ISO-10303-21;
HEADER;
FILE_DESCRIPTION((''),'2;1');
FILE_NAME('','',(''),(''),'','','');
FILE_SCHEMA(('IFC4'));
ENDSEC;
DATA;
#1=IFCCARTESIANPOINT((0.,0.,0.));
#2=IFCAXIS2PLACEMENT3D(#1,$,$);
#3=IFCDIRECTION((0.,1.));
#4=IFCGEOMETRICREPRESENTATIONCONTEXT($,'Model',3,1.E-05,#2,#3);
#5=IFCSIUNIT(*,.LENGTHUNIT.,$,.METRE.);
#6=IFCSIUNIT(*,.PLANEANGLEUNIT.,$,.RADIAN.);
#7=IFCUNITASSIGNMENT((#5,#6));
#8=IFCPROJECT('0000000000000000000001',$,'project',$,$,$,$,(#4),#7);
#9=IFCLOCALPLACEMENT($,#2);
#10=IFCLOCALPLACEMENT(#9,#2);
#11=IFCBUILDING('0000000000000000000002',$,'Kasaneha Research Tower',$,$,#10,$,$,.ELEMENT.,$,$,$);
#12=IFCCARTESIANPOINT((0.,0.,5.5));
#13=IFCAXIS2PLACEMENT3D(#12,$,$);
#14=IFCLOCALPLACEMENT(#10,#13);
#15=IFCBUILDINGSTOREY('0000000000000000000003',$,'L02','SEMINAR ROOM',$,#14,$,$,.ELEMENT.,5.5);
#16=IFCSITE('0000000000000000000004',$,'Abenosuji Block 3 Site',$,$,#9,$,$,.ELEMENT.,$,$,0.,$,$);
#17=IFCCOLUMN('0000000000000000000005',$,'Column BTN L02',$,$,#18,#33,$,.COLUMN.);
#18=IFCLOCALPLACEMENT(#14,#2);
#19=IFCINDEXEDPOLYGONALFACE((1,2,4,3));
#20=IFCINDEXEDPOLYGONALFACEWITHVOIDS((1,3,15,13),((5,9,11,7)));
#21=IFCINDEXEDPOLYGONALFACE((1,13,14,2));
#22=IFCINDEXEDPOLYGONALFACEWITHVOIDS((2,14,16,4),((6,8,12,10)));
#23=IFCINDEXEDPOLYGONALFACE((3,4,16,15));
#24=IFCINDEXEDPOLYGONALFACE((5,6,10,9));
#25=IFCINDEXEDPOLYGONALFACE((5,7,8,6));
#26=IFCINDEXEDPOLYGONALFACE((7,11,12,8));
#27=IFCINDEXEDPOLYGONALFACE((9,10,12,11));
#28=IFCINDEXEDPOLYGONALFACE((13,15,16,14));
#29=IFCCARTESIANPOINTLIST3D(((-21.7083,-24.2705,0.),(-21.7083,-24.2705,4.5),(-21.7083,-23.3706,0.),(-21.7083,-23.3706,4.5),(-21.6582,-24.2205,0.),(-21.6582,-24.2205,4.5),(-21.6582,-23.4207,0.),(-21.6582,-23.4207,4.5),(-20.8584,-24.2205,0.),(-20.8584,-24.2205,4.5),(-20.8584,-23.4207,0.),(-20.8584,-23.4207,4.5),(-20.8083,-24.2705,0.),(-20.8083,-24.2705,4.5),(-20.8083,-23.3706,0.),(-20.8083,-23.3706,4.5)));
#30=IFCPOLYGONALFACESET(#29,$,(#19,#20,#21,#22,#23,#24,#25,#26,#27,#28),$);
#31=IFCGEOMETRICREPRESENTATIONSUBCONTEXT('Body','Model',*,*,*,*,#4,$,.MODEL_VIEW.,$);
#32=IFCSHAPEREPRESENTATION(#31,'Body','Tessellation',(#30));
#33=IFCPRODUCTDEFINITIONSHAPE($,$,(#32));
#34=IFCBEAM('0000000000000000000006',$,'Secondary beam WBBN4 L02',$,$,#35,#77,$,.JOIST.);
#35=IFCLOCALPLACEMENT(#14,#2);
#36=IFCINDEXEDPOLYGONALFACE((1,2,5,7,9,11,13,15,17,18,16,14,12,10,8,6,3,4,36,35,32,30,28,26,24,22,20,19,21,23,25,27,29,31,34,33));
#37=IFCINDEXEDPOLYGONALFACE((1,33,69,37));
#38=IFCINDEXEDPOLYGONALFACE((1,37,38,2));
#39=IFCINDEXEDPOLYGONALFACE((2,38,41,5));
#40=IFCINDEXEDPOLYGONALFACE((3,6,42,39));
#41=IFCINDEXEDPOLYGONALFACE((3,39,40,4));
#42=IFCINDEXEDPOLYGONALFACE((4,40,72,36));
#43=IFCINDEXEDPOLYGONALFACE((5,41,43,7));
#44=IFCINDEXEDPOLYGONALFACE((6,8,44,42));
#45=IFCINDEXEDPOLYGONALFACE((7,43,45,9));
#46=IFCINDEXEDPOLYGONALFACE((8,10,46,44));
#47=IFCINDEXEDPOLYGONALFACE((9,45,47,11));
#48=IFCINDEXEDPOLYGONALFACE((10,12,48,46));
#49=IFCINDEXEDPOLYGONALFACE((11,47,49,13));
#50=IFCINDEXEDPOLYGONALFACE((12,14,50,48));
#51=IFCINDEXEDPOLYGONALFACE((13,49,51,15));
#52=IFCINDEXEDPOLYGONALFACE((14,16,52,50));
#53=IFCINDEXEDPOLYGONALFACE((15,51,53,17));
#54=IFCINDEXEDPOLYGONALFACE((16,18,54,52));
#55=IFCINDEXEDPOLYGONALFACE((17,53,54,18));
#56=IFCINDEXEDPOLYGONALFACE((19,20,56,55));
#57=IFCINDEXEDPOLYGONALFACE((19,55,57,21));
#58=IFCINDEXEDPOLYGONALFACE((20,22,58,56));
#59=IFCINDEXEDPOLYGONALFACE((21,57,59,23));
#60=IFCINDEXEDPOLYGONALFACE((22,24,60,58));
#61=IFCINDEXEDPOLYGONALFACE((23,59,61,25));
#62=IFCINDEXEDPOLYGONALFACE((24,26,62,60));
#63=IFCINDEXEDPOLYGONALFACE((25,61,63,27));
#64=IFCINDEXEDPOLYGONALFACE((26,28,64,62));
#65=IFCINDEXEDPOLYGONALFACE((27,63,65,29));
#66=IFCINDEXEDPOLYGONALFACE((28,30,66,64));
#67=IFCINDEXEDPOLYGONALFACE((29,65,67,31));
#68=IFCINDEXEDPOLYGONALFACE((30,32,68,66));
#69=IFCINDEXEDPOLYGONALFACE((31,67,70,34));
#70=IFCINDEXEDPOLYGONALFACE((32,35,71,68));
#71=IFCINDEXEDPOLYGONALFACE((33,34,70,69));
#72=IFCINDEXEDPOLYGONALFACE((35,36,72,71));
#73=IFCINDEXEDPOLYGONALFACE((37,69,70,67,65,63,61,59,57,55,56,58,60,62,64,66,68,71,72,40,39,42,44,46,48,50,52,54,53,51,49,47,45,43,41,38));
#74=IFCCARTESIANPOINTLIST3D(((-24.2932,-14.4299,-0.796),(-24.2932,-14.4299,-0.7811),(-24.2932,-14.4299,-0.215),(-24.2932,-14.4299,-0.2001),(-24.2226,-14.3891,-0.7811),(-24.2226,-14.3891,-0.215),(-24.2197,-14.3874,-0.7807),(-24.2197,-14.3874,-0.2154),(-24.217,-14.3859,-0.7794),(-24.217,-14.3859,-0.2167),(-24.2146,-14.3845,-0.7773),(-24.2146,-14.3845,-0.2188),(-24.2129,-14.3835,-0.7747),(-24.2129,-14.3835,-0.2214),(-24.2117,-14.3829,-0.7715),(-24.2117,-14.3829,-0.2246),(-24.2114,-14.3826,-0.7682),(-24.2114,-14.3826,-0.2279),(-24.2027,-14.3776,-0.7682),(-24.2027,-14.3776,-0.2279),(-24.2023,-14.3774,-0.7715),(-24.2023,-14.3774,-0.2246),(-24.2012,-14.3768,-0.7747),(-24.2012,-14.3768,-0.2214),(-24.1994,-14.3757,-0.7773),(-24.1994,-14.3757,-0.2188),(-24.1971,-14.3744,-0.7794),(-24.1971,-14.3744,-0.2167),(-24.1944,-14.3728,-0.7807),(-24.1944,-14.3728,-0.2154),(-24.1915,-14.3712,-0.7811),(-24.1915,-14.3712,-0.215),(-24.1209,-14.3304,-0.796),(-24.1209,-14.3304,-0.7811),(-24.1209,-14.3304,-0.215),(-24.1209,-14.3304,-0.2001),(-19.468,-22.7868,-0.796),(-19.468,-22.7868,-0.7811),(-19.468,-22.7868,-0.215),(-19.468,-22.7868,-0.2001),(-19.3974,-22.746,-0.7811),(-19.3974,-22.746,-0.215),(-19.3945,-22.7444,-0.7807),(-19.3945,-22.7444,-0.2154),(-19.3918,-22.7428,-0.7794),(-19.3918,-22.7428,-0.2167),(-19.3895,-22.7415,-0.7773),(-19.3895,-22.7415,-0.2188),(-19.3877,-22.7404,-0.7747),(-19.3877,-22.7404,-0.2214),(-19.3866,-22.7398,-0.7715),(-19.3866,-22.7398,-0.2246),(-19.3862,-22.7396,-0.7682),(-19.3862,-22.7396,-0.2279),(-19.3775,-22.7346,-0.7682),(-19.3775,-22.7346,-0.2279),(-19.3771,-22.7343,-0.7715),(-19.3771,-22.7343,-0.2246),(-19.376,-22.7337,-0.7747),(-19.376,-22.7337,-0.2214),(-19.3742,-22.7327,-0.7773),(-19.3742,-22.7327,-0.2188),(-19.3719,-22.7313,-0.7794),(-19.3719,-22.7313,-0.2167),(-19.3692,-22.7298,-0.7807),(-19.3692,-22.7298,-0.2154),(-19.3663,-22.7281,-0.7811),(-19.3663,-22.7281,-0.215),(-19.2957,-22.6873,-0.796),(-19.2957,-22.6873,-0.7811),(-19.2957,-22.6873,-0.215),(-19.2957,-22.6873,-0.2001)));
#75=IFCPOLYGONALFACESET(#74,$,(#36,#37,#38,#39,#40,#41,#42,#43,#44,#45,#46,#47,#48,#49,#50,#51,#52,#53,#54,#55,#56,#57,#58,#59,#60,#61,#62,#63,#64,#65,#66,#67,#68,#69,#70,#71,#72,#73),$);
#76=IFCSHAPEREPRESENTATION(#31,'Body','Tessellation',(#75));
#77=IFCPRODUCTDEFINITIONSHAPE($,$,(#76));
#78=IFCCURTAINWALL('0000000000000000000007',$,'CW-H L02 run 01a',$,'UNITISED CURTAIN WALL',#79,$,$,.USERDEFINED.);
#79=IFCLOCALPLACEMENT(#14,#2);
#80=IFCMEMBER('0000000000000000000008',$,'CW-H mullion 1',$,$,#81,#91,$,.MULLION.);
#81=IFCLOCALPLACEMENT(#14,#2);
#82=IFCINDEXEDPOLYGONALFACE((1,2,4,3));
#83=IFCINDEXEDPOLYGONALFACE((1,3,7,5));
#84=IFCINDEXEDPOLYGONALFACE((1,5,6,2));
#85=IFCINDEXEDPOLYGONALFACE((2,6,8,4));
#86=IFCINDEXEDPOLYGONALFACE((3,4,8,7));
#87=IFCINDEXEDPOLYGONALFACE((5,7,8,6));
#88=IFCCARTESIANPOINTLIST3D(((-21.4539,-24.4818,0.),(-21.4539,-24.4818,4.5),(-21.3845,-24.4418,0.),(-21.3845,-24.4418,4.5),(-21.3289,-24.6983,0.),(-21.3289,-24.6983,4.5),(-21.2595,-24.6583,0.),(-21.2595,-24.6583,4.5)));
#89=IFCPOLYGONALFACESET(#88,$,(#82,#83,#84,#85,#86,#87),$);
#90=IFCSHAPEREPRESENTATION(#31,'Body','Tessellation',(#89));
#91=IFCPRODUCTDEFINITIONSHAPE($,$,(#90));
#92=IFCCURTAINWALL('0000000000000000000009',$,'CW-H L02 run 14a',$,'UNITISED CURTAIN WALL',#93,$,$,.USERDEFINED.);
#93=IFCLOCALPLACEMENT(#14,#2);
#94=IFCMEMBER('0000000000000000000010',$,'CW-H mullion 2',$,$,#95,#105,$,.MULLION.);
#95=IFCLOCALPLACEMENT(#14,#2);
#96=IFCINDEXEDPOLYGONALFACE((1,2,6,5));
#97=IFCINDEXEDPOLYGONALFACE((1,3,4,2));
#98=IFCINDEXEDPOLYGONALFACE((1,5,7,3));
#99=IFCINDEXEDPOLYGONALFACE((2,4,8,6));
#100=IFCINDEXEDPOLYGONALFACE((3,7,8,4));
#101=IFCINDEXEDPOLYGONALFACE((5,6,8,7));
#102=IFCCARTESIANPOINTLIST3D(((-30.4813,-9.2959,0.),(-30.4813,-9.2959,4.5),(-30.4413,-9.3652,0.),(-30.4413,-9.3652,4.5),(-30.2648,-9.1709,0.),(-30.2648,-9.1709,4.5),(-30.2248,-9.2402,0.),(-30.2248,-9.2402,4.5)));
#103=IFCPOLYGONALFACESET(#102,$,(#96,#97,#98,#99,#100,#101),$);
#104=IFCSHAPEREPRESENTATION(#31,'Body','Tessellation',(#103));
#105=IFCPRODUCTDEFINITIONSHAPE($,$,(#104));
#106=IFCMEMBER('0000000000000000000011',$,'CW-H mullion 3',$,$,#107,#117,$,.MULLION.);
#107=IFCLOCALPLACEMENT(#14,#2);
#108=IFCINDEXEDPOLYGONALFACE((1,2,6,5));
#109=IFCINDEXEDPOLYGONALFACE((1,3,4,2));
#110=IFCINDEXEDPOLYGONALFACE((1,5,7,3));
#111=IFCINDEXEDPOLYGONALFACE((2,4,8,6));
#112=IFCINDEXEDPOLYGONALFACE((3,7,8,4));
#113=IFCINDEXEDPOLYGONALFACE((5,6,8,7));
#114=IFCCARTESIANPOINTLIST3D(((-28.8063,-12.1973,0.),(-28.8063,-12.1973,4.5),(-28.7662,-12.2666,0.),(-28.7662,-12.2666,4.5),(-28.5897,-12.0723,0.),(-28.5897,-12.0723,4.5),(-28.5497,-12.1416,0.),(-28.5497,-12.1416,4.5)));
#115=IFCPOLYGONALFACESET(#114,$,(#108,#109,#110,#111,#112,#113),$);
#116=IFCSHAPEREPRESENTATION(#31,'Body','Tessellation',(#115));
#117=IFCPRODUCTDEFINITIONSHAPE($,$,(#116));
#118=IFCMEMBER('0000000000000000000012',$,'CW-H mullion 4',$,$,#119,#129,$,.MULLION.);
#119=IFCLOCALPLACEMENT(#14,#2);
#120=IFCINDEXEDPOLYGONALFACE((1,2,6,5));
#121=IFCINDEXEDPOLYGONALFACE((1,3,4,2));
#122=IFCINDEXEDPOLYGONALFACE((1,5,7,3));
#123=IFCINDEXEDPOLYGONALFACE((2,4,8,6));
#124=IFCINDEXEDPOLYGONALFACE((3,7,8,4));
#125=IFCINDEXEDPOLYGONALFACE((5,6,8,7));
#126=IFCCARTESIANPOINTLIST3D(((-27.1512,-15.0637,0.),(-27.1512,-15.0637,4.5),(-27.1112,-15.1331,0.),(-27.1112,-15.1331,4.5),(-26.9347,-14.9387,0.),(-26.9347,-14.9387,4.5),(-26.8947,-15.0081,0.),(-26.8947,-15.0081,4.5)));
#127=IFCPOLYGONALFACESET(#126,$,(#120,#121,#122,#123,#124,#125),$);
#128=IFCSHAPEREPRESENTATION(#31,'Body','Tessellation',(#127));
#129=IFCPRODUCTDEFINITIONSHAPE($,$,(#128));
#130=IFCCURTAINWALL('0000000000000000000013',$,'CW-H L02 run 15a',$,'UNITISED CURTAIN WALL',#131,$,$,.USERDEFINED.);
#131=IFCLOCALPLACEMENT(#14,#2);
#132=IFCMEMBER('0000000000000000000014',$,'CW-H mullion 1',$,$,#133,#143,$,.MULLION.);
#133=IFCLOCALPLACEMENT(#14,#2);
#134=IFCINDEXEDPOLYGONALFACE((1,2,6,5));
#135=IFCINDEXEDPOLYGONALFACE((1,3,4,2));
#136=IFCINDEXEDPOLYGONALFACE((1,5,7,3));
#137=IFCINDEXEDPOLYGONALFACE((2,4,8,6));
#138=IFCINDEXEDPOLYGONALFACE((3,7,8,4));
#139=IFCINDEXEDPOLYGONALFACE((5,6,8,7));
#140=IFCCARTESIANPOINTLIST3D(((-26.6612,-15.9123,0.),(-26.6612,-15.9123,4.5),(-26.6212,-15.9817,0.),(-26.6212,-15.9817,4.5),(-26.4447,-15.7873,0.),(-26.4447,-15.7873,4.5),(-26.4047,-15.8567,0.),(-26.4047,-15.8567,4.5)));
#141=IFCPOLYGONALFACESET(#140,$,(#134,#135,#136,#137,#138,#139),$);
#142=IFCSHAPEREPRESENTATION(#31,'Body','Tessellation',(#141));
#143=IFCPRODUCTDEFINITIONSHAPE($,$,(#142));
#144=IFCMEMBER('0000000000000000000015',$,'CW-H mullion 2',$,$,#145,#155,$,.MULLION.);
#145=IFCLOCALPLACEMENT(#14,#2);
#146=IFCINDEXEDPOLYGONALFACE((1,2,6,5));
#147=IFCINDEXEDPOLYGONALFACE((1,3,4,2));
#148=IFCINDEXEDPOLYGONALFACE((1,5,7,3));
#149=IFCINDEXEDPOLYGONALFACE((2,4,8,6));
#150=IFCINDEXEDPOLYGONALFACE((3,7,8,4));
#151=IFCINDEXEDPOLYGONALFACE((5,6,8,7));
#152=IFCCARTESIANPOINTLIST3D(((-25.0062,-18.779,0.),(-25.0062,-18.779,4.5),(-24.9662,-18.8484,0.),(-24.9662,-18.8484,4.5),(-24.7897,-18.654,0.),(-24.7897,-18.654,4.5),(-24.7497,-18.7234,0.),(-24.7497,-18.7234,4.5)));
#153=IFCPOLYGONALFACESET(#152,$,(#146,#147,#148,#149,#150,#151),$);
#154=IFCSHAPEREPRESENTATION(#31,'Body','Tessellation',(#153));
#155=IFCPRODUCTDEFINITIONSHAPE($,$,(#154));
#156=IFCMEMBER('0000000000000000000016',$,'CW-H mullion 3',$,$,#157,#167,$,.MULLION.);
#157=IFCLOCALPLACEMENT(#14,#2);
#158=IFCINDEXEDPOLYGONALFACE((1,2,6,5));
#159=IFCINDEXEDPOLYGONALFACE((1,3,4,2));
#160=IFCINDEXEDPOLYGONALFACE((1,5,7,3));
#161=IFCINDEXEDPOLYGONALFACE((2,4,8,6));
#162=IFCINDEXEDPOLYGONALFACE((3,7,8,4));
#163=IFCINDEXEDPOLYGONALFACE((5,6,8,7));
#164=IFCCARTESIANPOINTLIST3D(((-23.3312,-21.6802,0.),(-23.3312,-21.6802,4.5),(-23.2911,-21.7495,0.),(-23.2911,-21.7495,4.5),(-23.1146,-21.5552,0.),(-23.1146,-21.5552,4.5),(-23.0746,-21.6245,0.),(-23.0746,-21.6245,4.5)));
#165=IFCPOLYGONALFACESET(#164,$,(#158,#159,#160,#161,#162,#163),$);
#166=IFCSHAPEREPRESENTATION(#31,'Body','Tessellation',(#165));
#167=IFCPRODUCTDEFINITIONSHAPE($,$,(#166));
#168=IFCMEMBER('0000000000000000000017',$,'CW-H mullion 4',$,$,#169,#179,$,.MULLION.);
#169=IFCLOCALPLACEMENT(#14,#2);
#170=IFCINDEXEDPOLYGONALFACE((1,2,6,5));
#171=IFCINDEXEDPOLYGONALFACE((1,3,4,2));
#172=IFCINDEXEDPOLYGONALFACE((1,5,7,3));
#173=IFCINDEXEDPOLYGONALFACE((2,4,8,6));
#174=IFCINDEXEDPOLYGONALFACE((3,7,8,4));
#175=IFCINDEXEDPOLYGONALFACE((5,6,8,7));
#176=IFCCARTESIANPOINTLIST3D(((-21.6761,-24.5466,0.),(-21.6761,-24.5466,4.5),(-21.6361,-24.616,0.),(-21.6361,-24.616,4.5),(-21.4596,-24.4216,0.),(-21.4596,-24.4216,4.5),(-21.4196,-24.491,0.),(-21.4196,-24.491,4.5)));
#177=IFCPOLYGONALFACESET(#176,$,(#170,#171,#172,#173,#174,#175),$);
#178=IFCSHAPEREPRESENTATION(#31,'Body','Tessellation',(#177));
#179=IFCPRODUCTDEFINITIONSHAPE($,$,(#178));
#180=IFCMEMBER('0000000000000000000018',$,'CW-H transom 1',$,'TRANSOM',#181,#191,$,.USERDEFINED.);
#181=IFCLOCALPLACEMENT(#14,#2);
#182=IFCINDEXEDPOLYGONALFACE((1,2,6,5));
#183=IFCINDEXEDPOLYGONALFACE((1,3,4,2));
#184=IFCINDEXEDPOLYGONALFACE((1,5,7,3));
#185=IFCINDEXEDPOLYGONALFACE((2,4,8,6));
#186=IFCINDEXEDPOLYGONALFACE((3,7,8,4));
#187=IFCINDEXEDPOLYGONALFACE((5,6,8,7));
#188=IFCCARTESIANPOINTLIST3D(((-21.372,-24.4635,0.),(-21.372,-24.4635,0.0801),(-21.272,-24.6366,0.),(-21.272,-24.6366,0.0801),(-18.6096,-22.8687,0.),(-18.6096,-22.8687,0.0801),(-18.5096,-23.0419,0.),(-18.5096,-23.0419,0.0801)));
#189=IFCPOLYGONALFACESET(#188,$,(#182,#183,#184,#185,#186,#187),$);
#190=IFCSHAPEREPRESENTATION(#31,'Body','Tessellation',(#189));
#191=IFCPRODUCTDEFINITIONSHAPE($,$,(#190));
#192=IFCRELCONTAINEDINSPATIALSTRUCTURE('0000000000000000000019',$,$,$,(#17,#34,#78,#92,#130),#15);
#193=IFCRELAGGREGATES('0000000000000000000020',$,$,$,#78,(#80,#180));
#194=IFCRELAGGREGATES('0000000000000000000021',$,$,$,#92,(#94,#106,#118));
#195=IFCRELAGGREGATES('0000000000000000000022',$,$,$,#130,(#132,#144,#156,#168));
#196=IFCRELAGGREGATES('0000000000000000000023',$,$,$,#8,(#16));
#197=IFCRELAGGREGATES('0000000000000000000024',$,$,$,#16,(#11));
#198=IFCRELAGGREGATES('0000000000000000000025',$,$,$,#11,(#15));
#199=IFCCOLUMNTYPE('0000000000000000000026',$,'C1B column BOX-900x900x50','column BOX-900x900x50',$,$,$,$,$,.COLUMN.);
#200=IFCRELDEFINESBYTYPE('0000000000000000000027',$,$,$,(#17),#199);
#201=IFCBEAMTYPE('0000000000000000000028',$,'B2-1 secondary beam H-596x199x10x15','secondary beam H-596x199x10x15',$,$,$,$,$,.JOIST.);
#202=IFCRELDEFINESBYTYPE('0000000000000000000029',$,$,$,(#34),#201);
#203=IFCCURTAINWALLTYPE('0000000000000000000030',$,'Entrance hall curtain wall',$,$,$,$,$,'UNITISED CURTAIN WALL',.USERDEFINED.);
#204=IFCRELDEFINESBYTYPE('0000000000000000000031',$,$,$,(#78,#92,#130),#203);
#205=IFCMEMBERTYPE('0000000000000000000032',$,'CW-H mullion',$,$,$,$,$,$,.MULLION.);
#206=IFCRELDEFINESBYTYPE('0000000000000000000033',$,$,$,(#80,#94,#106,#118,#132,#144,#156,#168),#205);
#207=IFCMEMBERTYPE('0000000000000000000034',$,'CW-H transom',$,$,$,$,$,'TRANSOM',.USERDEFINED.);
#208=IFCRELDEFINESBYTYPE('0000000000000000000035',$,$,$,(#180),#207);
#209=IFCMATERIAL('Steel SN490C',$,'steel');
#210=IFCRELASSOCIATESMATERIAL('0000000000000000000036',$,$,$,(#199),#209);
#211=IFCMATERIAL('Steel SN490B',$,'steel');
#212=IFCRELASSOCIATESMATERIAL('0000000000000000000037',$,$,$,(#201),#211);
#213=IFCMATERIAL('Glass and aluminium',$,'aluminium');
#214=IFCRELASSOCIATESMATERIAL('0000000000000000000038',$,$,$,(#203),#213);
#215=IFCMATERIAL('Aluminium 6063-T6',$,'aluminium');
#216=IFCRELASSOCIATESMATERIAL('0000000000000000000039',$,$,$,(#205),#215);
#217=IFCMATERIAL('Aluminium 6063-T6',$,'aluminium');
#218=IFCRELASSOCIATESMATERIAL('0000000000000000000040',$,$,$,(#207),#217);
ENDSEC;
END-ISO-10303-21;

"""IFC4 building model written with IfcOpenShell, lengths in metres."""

from ifc_helpers import new_model, si_unit, direction, frame, origin, origin_2d, place, context, subcontext, project, spatial, rectangle, hollow_rectangle, i_section, extrude, material, material_profile, profile_set, type_object, element, aggregate, save


model = new_model("IFC4")

# Units and contexts
model_context = context("Model", 3, precision=1e-05, world=origin(), true_north=direction((0.0, 1.0)))
body_context = subcontext(model_context, "Body", "Model", "MODEL_VIEW")
ifc_project = project(units=[si_unit("LENGTHUNIT", "METRE"), si_unit("PLANEANGLEUNIT", "RADIAN")], contexts=[model_context])

# Site, building, storey
site_placement = place(None, origin())
site = spatial("IfcSite", under=ifc_project, at=site_placement, Name="Abenosuji Block 3 Site", CompositionType="ELEMENT", RefElevation=0.0)
building_placement = place(site_placement, origin())
building = spatial("IfcBuilding", under=site, at=building_placement, Name="Kasaneha Research Tower", CompositionType="ELEMENT")
storey_placement = place(building_placement, frame((0.0, 0.0, 5.5)))
storey = spatial("IfcBuildingStorey", under=building, at=storey_placement, Name="L02", Description="SEMINAR ROOM", CompositionType="ELEMENT", Elevation=5.5)

# Column
ifc_material_1 = material(Name="Steel SN490C", Category="steel")
ifc_material_profile_1 = material_profile(ifc_material_1, hollow_rectangle(XDim=0.8999, YDim=0.8999, WallThickness=0.05, at=origin_2d()), Name="BOX-900x900x50")
ifc_profile_set_1 = profile_set([ifc_material_profile_1], Name="Steel SN490C")
column_type = type_object("IfcColumnType", Name="C1B column BOX-900x900x50", Description="column BOX-900x900x50", PredefinedType="COLUMN", material=ifc_profile_set_1)
column_placement = place(storey_placement, frame((-21.2583, -23.8206, 0.0), z_axis=(0.0, 0.0, 1.0), x_axis=(1.0, 0.0, 0.0)))
element("IfcColumn", 1, at=column_placement, inside=storey, type_object=column_type, Name="Column BTN L02", PredefinedType="COLUMN", context=body_context, shape_type="SweptSolid", body=[
    extrude(hollow_rectangle(XDim=0.8999, YDim=0.8999, WallThickness=0.05, at=origin_2d()), origin(), (0.0, 0.0, 1.0), 4.5),
])

# Beam
ifc_material_2 = material(Name="Steel SN490B", Category="steel")
ifc_material_profile_2 = material_profile(ifc_material_2, i_section(OverallWidth=0.199, OverallDepth=0.5959, WebThickness=0.01, FlangeThickness=0.0149, FilletRadius=0.0129, at=origin_2d()), Name="H-596x199x10x15")
ifc_profile_set_2 = profile_set([ifc_material_profile_2], Name="Steel SN490B")
beam_type_1 = type_object("IfcBeamType", Name="B2-1 secondary beam H-596x199x10x15", Description="secondary beam H-596x199x10x15", PredefinedType="JOIST", material=ifc_profile_set_2)
beam_1_placement = place(storey_placement, frame((-19.3818, -22.7371, -0.498), z_axis=(-0.500025, 0.866011, 0.0), x_axis=(-0.866011, -0.500025, 0.0)))
element("IfcBeam", 2, at=beam_1_placement, inside=storey, type_object=beam_type_1, Name="Secondary beam WBBN4 L02", PredefinedType="JOIST", context=body_context, shape_type="SweptSolid", body=[
    extrude(i_section(OverallWidth=0.199, OverallDepth=0.5959, WebThickness=0.01, FlangeThickness=0.0149, FilletRadius=0.0129, at=origin_2d()), origin(), (0.0, 0.0, 1.0), 9.6499),
])

# Curtain wall, member
ifc_material_3 = material(Name="Glass and aluminium", Category="aluminium")
curtain_wall_type = type_object("IfcCurtainWallType", Name="Entrance hall curtain wall", ElementType="UNITISED CURTAIN WALL", PredefinedType="USERDEFINED", material=ifc_material_3)
curtain_wall_1_placement = place(storey_placement, origin())
curtain_wall_1 = element("IfcCurtainWall", 3, at=curtain_wall_1_placement, inside=storey, type_object=curtain_wall_type, Name="CW-H L02 run 01a", ObjectType="UNITISED CURTAIN WALL", PredefinedType="USERDEFINED")
ifc_material_4 = material(Name="Aluminium 6063-T6", Category="aluminium")
ifc_material_profile_3 = material_profile(ifc_material_4, rectangle(XDim=0.0801, YDim=0.25, at=origin_2d()), Name="CW-H mullion 80x250")
ifc_profile_set_3 = profile_set([ifc_material_profile_3], Name="Aluminium 6063-T6")
member_type_1 = type_object("IfcMemberType", Name="CW-H mullion", PredefinedType="MULLION", material=ifc_profile_set_3)
member_1_placement = place(storey_placement, frame((-21.3567, -24.5701, 0.0), z_axis=(0.0, 0.0, 1.0), x_axis=(0.866025, 0.5, 0.0)))
member_1 = element("IfcMember", 4, at=member_1_placement, type_object=member_type_1, Name="CW-H mullion 1", PredefinedType="MULLION", context=body_context, shape_type="SweptSolid", body=[
    extrude(rectangle(XDim=0.0801, YDim=0.25, at=origin_2d()), origin(), (0.0, 0.0, 1.0), 4.5),
])

# Curtain walls, members
curtain_wall_2_placement = place(storey_placement, origin())
curtain_wall_2 = element("IfcCurtainWall", 5, at=curtain_wall_2_placement, inside=storey, type_object=curtain_wall_type, Name="CW-H L02 run 14a", ObjectType="UNITISED CURTAIN WALL", PredefinedType="USERDEFINED")
member_2_placement = place(storey_placement, frame((-30.353, -9.2681, 0.0), z_axis=(0.0, 0.0, 1.0), x_axis=(0.5, -0.866025, 0.0)))
member_2 = element("IfcMember", 6, at=member_2_placement, type_object=member_type_1, Name="CW-H mullion 2", PredefinedType="MULLION", context=body_context, shape_type="SweptSolid", body=[
    extrude(rectangle(XDim=0.0801, YDim=0.25, at=origin_2d()), origin(), (0.0, 0.0, 1.0), 4.5),
])
member_3_placement = place(storey_placement, frame((-28.678, -12.1694, 0.0), z_axis=(0.0, 0.0, 1.0), x_axis=(0.5, -0.866025, 0.0)))
member_3 = element("IfcMember", 7, at=member_3_placement, type_object=member_type_1, Name="CW-H mullion 3", PredefinedType="MULLION", context=body_context, shape_type="SweptSolid", body=[
    extrude(rectangle(XDim=0.0801, YDim=0.25, at=origin_2d()), origin(), (0.0, 0.0, 1.0), 4.5),
])
member_4_placement = place(storey_placement, frame((-27.0229, -15.0359, 0.0), z_axis=(0.0, 0.0, 1.0), x_axis=(0.5, -0.866025, 0.0)))
member_4 = element("IfcMember", 8, at=member_4_placement, type_object=member_type_1, Name="CW-H mullion 4", PredefinedType="MULLION", context=body_context, shape_type="SweptSolid", body=[
    extrude(rectangle(XDim=0.0801, YDim=0.25, at=origin_2d()), origin(), (0.0, 0.0, 1.0), 4.5),
])
curtain_wall_3_placement = place(storey_placement, origin())
curtain_wall_3 = element("IfcCurtainWall", 9, at=curtain_wall_3_placement, inside=storey, type_object=curtain_wall_type, Name="CW-H L02 run 15a", ObjectType="UNITISED CURTAIN WALL", PredefinedType="USERDEFINED")
member_5_placement = place(storey_placement, frame((-26.533, -15.8845, 0.0), z_axis=(0.0, 0.0, 1.0), x_axis=(0.5, -0.866025, 0.0)))
member_5 = element("IfcMember", 10, at=member_5_placement, type_object=member_type_1, Name="CW-H mullion 1", PredefinedType="MULLION", context=body_context, shape_type="SweptSolid", body=[
    extrude(rectangle(XDim=0.0801, YDim=0.25, at=origin_2d()), origin(), (0.0, 0.0, 1.0), 4.5),
])
member_6_placement = place(storey_placement, frame((-24.8779, -18.7512, 0.0), z_axis=(0.0, 0.0, 1.0), x_axis=(0.5, -0.866025, 0.0)))
member_6 = element("IfcMember", 11, at=member_6_placement, type_object=member_type_1, Name="CW-H mullion 2", PredefinedType="MULLION", context=body_context, shape_type="SweptSolid", body=[
    extrude(rectangle(XDim=0.0801, YDim=0.25, at=origin_2d()), origin(), (0.0, 0.0, 1.0), 4.5),
])
member_7_placement = place(storey_placement, frame((-23.2029, -21.6523, 0.0), z_axis=(0.0, 0.0, 1.0), x_axis=(0.5, -0.866025, 0.0)))
member_7 = element("IfcMember", 12, at=member_7_placement, type_object=member_type_1, Name="CW-H mullion 3", PredefinedType="MULLION", context=body_context, shape_type="SweptSolid", body=[
    extrude(rectangle(XDim=0.0801, YDim=0.25, at=origin_2d()), origin(), (0.0, 0.0, 1.0), 4.5),
])
member_8_placement = place(storey_placement, frame((-21.5479, -24.5188, 0.0), z_axis=(0.0, 0.0, 1.0), x_axis=(0.5, -0.866025, 0.0)))
member_8 = element("IfcMember", 13, at=member_8_placement, type_object=member_type_1, Name="CW-H mullion 4", PredefinedType="MULLION", context=body_context, shape_type="SweptSolid", body=[
    extrude(rectangle(XDim=0.0801, YDim=0.25, at=origin_2d()), origin(), (0.0, 0.0, 1.0), 4.5),
])

# Member
ifc_material_5 = material(Name="Aluminium 6063-T6", Category="aluminium")
ifc_material_profile_4 = material_profile(ifc_material_5, rectangle(XDim=0.2, YDim=0.0801, at=origin_2d()), Name="CW-H transom 200x80")
ifc_profile_set_4 = profile_set([ifc_material_profile_4], Name="Aluminium 6063-T6")
member_type_2 = type_object("IfcMemberType", Name="CW-H transom", ElementType="TRANSOM", PredefinedType="USERDEFINED", material=ifc_profile_set_4)
member_9_placement = place(storey_placement, frame((-21.322, -24.55, 0.04), z_axis=(0.866049, 0.499959, 0.0), x_axis=(-0.499959, 0.866049, 0.0)))
member_9 = element("IfcMember", 14, at=member_9_placement, type_object=member_type_2, Name="CW-H transom 1", ObjectType="TRANSOM", PredefinedType="USERDEFINED", context=body_context, shape_type="SweptSolid", body=[
    extrude(rectangle(XDim=0.2, YDim=0.0801, at=origin_2d()), origin(), (0.0, 0.0, 1.0), 3.1897),
])

aggregate(curtain_wall_1, [member_1, member_9])
aggregate(curtain_wall_2, [member_2, member_3, member_4])
aggregate(curtain_wall_3, [member_5, member_6, member_7, member_8])

save(model, "model.ifc")
